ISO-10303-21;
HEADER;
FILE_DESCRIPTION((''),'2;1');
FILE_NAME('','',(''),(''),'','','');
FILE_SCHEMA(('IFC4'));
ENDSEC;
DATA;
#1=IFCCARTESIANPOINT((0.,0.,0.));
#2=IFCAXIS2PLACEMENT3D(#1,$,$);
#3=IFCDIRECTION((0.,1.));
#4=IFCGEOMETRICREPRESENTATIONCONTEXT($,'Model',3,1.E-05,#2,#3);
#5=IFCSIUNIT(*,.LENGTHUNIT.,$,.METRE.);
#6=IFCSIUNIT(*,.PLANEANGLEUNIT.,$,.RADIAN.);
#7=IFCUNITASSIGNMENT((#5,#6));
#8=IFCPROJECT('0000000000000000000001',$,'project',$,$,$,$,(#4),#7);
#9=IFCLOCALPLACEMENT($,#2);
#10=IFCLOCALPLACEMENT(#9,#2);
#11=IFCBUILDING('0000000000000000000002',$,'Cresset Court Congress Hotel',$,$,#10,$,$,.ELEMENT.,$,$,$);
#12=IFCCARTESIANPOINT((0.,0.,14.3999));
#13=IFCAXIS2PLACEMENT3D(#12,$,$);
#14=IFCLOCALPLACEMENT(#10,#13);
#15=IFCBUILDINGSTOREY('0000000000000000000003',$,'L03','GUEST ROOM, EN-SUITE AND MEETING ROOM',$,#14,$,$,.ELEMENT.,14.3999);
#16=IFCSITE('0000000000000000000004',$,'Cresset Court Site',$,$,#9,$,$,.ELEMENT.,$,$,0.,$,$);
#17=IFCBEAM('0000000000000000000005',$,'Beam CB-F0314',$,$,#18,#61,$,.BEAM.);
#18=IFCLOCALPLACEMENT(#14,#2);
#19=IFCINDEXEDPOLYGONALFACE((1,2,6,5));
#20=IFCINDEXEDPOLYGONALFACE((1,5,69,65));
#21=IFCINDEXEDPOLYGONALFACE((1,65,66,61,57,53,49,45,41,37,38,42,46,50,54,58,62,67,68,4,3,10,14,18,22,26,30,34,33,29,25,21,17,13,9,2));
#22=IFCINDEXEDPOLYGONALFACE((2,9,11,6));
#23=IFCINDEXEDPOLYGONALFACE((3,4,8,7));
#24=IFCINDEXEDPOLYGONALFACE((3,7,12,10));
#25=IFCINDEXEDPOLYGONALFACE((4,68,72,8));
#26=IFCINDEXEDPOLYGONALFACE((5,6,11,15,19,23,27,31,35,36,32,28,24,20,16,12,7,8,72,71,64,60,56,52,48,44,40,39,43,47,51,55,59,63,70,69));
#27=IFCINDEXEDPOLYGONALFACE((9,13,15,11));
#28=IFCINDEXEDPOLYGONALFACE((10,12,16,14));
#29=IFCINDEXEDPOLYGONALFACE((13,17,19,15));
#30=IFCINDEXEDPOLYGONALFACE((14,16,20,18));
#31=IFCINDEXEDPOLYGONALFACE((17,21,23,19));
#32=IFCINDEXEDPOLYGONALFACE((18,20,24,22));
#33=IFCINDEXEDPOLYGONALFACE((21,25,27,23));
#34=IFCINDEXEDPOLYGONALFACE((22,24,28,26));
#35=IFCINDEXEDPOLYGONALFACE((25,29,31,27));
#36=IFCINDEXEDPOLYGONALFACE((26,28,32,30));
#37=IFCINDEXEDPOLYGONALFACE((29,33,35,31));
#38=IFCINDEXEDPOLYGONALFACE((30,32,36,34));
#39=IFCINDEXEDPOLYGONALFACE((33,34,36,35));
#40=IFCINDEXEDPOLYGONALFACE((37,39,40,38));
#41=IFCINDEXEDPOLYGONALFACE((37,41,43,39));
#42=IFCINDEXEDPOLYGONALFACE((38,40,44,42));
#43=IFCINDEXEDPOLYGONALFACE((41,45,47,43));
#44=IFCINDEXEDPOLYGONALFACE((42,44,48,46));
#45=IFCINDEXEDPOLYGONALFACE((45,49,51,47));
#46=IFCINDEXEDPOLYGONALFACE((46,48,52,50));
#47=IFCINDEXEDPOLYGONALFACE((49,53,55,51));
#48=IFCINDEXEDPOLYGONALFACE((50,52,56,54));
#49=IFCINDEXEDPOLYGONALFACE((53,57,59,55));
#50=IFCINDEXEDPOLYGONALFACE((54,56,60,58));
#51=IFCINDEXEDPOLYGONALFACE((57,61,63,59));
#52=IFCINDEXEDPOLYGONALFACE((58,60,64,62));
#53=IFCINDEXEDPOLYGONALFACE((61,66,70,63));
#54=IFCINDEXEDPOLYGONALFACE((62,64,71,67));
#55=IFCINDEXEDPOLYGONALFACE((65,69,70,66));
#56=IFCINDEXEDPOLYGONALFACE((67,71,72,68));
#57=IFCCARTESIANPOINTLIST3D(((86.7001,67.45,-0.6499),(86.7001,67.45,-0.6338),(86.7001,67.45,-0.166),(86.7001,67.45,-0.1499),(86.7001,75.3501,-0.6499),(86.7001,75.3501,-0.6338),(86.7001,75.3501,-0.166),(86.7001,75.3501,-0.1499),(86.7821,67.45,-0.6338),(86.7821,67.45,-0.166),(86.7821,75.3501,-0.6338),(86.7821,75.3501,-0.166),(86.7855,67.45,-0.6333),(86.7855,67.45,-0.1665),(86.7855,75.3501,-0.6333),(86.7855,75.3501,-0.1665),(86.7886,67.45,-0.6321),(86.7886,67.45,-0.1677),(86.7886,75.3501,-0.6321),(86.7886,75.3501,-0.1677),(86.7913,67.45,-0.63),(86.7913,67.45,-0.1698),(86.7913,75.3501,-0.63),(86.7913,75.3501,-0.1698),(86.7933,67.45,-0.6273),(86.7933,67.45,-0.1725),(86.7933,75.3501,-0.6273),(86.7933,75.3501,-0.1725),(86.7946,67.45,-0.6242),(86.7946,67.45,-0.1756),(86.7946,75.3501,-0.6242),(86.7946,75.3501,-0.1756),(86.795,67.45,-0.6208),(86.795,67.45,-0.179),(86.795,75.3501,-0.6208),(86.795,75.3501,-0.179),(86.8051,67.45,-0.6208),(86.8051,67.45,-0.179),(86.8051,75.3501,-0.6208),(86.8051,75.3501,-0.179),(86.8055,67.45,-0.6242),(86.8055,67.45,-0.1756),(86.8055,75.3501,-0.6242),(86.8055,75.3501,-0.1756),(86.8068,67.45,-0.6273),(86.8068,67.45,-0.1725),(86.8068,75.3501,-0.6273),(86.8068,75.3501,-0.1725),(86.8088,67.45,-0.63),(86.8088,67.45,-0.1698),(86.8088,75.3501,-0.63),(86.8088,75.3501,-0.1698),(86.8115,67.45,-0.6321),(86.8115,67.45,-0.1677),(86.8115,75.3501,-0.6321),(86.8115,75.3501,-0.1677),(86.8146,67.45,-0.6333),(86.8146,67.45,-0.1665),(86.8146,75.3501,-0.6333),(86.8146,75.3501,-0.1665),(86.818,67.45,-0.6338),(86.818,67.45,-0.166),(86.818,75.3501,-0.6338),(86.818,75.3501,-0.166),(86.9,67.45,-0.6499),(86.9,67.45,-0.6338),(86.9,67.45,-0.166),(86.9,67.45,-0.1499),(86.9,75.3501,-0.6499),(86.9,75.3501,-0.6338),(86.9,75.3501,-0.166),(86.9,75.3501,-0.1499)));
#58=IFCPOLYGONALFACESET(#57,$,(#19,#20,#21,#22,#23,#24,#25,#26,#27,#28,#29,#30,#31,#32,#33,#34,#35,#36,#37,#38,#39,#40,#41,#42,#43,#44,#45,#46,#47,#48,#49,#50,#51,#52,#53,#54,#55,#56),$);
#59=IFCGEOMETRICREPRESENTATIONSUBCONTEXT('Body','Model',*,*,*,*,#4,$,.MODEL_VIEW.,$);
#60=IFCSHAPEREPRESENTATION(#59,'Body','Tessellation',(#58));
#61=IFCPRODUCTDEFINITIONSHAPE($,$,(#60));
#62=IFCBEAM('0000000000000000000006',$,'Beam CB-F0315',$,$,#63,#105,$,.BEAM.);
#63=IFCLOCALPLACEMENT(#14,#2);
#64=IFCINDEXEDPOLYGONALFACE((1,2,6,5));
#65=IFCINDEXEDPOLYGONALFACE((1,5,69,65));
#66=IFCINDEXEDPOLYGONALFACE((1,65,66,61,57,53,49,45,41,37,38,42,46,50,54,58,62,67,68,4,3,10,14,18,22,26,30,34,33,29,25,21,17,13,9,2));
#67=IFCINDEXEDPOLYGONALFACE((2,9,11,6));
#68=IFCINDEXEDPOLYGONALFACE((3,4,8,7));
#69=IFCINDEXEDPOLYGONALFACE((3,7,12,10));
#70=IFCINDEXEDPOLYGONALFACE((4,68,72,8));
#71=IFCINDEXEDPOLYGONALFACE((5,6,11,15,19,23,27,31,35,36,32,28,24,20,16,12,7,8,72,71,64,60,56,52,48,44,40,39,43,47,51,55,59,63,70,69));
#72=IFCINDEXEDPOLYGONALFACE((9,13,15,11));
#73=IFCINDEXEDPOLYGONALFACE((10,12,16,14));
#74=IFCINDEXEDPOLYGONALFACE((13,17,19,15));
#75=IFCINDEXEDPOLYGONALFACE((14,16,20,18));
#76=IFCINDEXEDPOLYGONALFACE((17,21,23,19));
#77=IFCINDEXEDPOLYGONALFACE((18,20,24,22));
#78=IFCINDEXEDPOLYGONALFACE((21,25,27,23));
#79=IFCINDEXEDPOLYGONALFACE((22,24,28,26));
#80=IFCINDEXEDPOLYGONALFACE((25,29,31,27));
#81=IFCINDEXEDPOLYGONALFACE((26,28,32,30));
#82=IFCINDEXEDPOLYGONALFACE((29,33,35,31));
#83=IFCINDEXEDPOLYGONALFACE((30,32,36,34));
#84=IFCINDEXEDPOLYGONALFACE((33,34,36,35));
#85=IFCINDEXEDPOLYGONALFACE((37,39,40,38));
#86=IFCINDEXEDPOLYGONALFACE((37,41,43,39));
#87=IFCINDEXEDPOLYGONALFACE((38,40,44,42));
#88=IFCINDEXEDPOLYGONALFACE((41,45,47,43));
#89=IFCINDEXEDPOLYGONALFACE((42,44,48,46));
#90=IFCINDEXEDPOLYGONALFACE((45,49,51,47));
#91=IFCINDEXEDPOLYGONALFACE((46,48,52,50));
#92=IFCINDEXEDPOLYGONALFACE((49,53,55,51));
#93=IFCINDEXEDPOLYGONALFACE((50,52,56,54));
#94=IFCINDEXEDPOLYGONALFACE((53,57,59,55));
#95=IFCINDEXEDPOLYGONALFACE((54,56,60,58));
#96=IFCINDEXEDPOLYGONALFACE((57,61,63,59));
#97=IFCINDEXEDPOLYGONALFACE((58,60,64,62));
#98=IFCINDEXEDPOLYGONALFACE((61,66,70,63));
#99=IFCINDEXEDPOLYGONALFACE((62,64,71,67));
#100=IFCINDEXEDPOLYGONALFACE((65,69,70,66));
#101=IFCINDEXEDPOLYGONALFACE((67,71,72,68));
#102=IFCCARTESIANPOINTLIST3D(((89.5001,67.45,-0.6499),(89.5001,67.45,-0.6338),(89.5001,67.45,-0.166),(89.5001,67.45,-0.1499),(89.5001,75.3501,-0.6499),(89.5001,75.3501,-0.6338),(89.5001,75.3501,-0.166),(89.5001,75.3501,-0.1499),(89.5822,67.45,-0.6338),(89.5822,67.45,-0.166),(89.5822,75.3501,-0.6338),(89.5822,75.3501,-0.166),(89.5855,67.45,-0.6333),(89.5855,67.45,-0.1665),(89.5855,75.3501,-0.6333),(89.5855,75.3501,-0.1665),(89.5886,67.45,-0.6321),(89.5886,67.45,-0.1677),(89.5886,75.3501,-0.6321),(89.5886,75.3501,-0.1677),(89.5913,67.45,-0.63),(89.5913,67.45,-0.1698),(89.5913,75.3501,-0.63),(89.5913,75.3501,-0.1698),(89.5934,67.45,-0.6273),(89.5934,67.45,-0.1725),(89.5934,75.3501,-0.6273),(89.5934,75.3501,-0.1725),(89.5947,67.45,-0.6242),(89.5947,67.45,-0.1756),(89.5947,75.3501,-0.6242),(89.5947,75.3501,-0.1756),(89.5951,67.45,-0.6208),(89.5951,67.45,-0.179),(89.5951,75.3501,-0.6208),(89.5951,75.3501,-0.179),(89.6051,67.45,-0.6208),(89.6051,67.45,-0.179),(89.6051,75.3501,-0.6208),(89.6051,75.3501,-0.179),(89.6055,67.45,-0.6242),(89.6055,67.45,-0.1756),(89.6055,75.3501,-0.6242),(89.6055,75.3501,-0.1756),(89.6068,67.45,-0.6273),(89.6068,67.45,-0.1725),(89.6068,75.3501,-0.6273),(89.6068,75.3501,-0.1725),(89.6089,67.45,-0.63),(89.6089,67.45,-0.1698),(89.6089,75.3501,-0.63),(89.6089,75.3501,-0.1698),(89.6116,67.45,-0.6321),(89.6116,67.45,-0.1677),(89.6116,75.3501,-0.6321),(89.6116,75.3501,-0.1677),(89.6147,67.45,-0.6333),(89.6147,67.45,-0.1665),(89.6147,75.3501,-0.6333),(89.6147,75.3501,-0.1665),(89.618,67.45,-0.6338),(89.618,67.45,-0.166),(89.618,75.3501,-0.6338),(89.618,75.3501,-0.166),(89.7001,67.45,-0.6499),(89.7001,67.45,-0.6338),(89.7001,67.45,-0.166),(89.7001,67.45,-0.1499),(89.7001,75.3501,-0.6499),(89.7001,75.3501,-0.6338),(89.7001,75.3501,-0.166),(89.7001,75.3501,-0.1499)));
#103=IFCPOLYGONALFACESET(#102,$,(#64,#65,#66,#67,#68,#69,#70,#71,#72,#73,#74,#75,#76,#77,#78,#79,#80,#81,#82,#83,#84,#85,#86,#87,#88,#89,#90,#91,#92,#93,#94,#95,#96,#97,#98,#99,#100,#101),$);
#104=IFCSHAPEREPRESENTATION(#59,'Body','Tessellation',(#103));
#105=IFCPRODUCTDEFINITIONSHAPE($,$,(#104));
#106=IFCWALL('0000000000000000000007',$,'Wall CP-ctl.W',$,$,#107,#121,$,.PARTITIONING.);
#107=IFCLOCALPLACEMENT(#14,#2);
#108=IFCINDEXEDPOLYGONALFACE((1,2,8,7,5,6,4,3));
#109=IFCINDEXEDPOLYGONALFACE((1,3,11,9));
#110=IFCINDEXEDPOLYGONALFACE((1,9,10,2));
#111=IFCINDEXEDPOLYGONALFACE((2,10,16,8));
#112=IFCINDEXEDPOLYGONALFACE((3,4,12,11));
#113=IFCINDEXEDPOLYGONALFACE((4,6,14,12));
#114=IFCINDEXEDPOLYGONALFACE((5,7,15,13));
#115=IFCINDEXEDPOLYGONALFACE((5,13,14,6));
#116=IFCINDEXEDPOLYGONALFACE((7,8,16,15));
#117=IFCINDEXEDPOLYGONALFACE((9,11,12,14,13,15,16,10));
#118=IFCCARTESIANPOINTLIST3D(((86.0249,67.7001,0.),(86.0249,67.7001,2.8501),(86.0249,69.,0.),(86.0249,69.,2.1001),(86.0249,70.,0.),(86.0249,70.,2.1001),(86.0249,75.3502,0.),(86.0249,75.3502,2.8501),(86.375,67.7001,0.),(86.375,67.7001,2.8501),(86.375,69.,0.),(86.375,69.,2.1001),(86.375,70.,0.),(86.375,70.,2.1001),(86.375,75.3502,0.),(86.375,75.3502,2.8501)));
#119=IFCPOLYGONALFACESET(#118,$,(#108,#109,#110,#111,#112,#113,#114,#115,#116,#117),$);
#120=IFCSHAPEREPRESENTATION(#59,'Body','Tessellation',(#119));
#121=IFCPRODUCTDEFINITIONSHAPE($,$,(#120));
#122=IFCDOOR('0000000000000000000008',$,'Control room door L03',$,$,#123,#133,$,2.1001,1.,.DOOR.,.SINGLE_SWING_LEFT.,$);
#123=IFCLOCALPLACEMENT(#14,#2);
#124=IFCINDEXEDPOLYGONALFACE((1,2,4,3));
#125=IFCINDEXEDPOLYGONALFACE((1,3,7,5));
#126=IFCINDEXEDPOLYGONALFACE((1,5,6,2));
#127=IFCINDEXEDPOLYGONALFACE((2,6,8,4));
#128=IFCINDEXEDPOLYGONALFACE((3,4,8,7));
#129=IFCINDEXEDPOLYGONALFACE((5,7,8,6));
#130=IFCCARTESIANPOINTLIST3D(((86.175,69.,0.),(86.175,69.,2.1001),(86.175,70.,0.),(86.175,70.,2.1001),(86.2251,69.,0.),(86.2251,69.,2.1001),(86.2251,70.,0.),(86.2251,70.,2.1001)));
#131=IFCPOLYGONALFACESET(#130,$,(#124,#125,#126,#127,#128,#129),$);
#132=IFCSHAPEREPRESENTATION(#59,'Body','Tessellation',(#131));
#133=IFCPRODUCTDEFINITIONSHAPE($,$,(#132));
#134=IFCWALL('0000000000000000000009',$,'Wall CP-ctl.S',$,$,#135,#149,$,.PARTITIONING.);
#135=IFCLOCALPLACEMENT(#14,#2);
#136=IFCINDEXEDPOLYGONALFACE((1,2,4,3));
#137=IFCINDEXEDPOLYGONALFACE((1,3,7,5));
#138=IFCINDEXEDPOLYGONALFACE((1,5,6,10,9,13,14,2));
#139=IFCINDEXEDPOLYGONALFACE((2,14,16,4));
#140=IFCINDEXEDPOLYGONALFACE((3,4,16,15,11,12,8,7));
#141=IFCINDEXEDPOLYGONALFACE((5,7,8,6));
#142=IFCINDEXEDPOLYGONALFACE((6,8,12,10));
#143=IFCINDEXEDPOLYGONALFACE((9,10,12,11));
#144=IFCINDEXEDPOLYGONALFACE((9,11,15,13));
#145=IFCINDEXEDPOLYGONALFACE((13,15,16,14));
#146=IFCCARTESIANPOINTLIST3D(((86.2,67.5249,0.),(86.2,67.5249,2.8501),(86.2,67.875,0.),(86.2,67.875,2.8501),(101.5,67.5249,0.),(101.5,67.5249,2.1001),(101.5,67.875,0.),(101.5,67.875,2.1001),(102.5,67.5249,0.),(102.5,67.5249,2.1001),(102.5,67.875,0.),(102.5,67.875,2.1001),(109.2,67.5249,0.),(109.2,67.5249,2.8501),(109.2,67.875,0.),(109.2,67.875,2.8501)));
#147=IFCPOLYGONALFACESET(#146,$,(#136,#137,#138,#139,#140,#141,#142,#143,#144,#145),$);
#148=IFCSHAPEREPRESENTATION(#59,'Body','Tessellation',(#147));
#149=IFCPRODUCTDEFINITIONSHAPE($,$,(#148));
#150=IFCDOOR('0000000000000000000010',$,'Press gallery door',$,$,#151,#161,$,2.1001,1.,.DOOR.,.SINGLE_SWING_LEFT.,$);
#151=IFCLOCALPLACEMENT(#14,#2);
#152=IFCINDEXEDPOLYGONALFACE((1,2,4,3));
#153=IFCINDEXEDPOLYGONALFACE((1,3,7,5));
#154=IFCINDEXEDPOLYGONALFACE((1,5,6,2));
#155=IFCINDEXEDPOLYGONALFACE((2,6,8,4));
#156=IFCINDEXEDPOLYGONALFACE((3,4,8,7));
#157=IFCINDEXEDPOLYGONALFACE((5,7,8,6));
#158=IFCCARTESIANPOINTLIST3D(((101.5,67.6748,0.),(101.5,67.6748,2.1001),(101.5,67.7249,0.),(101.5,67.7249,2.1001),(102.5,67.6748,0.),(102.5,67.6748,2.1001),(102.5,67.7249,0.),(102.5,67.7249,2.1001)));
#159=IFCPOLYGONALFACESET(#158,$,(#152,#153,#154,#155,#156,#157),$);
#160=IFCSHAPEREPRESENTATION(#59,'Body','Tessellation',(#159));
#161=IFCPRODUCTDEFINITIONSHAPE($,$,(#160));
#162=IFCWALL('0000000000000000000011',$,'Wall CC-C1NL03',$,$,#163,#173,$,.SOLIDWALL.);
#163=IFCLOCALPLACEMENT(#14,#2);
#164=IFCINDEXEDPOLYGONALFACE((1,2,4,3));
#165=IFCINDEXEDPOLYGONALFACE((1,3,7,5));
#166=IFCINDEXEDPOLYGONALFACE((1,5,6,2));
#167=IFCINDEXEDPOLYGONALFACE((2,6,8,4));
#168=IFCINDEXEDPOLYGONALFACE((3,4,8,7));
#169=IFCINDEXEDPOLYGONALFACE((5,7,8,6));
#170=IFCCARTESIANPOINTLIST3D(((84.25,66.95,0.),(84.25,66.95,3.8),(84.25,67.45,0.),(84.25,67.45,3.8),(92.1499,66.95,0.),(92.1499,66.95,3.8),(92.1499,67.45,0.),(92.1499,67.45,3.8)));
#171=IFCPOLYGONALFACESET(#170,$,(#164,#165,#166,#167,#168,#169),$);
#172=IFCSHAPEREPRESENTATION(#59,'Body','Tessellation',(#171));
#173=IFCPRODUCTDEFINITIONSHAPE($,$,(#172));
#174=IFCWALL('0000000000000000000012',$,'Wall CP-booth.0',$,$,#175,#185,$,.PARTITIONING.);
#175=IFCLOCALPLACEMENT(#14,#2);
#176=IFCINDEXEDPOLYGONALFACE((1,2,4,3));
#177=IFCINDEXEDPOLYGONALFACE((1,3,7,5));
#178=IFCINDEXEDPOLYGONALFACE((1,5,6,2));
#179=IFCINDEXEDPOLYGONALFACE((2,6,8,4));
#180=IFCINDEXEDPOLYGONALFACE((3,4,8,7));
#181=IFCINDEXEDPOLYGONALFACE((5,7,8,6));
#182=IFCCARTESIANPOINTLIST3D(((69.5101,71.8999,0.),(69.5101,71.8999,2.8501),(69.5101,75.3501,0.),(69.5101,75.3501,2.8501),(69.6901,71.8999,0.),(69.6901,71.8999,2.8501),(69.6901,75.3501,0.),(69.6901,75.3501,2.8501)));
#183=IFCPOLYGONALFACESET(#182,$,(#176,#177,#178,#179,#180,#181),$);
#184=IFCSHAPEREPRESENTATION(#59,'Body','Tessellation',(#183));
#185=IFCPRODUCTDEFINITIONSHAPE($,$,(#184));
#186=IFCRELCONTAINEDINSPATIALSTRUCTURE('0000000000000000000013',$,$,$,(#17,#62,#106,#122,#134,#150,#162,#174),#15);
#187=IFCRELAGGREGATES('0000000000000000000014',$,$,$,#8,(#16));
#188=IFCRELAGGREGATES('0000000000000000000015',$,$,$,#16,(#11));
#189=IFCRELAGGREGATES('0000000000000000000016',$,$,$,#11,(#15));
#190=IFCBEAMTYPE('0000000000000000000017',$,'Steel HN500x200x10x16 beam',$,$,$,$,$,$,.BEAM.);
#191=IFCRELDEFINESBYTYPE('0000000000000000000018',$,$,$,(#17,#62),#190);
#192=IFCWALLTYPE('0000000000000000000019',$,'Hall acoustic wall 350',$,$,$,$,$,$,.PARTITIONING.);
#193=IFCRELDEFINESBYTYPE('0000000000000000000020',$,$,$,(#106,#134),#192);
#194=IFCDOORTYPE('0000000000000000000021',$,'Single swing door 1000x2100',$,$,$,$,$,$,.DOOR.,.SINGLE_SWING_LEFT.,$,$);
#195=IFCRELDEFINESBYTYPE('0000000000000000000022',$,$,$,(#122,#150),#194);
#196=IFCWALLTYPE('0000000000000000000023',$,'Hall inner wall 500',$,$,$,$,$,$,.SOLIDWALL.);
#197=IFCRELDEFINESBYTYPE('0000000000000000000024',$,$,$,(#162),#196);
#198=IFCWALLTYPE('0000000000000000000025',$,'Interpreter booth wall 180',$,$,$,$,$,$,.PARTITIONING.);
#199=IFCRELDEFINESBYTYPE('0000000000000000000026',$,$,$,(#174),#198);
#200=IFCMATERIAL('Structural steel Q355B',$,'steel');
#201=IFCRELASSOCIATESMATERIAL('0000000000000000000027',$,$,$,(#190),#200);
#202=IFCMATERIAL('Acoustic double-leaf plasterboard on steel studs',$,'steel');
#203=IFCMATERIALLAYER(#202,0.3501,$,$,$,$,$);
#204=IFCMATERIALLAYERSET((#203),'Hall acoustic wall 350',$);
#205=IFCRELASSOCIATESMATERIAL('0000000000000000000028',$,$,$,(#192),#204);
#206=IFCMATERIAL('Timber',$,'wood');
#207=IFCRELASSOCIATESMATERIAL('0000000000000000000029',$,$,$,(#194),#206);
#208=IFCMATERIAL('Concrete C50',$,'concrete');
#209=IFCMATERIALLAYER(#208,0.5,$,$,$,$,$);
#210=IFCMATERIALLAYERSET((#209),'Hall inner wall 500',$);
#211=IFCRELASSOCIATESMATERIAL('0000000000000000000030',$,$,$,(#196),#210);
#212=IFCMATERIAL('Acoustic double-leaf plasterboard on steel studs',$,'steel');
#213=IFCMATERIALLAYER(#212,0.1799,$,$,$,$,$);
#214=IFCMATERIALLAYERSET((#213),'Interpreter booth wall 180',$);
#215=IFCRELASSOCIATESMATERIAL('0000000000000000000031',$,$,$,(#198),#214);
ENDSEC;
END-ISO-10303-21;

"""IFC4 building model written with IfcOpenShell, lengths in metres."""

from ifc_helpers import new_model, si_unit, direction, frame, frame_2d, origin, origin_2d, place, context, subcontext, project, spatial, rectangle, i_section, extrude, material, layer, layer_set, material_profile, profile_set, type_object, element, fill, save


model = new_model("IFC4")

# Units and contexts
model_context = context("Model", 3, precision=1e-05, world=origin(), true_north=direction((0.0, 1.0)))
body_context = subcontext(model_context, "Body", "Model", "MODEL_VIEW")
ifc_project = project(units=[si_unit("LENGTHUNIT", "METRE"), si_unit("PLANEANGLEUNIT", "RADIAN")], contexts=[model_context])

# Site, building, storey
site_placement = place(None, origin())
site = spatial("IfcSite", under=ifc_project, at=site_placement, Name="Cresset Court Site", CompositionType="ELEMENT", RefElevation=0.0)
building_placement = place(site_placement, origin())
building = spatial("IfcBuilding", under=site, at=building_placement, Name="Cresset Court Congress Hotel", CompositionType="ELEMENT")
storey_placement = place(building_placement, frame((0.0, 0.0, 14.3999)))
storey = spatial("IfcBuildingStorey", under=building, at=storey_placement, Name="L03", Description="GUEST ROOM, EN-SUITE AND MEETING ROOM", CompositionType="ELEMENT", Elevation=14.3999)

# Beams
ifc_material_1 = material(Name="Structural steel Q355B", Category="steel")
ifc_material_profile_1 = material_profile(ifc_material_1, i_section(OverallWidth=0.2, OverallDepth=0.5, WebThickness=0.01, FlangeThickness=0.0161, FilletRadius=0.0129, at=origin_2d()), Name="HN500x200x10x16")
ifc_profile_set_1 = profile_set([ifc_material_profile_1], Name="Structural steel Q355B")
beam_type_1 = type_object("IfcBeamType", Name="Steel HN500x200x10x16 beam", PredefinedType="BEAM", material=ifc_profile_set_1)
for number, where, z_axis, x_axis, name in (
    (1, (86.8, 67.45, -0.3999), (0.0, 1.0, 0.0), (-1.0, 0.0, 0.0), "Beam CB-F0314"),
    (2, (89.6001, 67.45, -0.3999), (0.0, 1.0, 0.0), (-1.0, 0.0, 0.0), "Beam CB-F0315"),
):
    element("IfcBeam", number, at=place(storey_placement, frame(where, z_axis=z_axis, x_axis=x_axis)), inside=storey, type_object=beam_type_1, Name=name, PredefinedType="BEAM", context=body_context, shape_type="SweptSolid", body=[
        extrude(i_section(OverallWidth=0.2, OverallDepth=0.5, WebThickness=0.01, FlangeThickness=0.0161, FilletRadius=0.0129, at=origin_2d()), origin(), (0.0, 0.0, 1.0), 7.9001),
    ])

# Walls, openings, doors
ifc_material_2 = material(Name="Acoustic double-leaf plasterboard on steel studs", Category="steel")
ifc_layer_1 = layer(ifc_material_2, 0.3501)
ifc_layer_set_1 = layer_set([ifc_layer_1], Name="Hall acoustic wall 350")
wall_type_1 = type_object("IfcWallType", Name="Hall acoustic wall 350", PredefinedType="PARTITIONING", material=ifc_layer_set_1)
wall_1_placement = place(storey_placement, frame((86.2, 67.7, 0.0), z_axis=(0.0, 0.0, 1.0), x_axis=(0.0, 1.0, 0.0)))
wall_1 = element("IfcWall", 3, at=wall_1_placement, inside=storey, type_object=wall_type_1, Name="Wall CP-ctl.W", PredefinedType="PARTITIONING", context=body_context, shape_type="SweptSolid", body=[
    extrude(rectangle(XDim=7.6501, YDim=0.3501, at=frame_2d((3.8252, 0.0))), origin(), (0.0, 0.0, 1.0), 2.8501),
])
opening_1_placement = place(wall_1_placement, frame((1.3, 0.0, 0.0)))
opening_1 = element("IfcOpeningElement", 4, at=opening_1_placement, cuts=wall_1, PredefinedType="OPENING", context=body_context, shape_type="SweptSolid", body=[
    extrude(rectangle(XDim=1.0, YDim=2.1001, at=frame_2d((0.5, 1.05))), frame((0.0, 0.1851, 0.0), z_axis=(0.0, -1.0, 0.0), x_axis=(1.0, 0.0, 0.0)), (0.0, 0.0, 1.0), 0.3701),
])
ifc_material_3 = material(Name="Timber", Category="wood")
door_type_1 = type_object("IfcDoorType", Name="Single swing door 1000x2100", OperationType="SINGLE_SWING_LEFT", PredefinedType="DOOR", material=ifc_material_3)
door_1_placement = place(opening_1_placement, origin())
door_1 = element("IfcDoor", 5, at=door_1_placement, inside=storey, type_object=door_type_1, Name="Control room door L03", OperationType="SINGLE_SWING_LEFT", OverallHeight=2.1001, OverallWidth=1.0, PredefinedType="DOOR", context=body_context, shape_type="SweptSolid", body=[
    extrude(rectangle(XDim=1.0, YDim=2.1001, at=frame_2d((0.5, 1.05))), frame((0.0, 0.0249, 0.0), z_axis=(0.0, -1.0, 0.0), x_axis=(1.0, 0.0, 0.0)), (0.0, 0.0, 1.0), 0.05),
])
fill(opening_1, door_1)
wall_2_placement = place(storey_placement, frame((86.2, 67.7, 0.0), z_axis=(0.0, 0.0, 1.0), x_axis=(1.0, 0.0, 0.0)))
wall_2 = element("IfcWall", 6, at=wall_2_placement, inside=storey, type_object=wall_type_1, Name="Wall CP-ctl.S", PredefinedType="PARTITIONING", context=body_context, shape_type="SweptSolid", body=[
    extrude(rectangle(XDim=23.0, YDim=0.3501, at=frame_2d((11.5, 0.0))), origin(), (0.0, 0.0, 1.0), 2.8501),
])
opening_2_placement = place(wall_2_placement, frame((15.3, 0.0, 0.0)))
opening_2 = element("IfcOpeningElement", 7, at=opening_2_placement, cuts=wall_2, PredefinedType="OPENING", context=body_context, shape_type="SweptSolid", body=[
    extrude(rectangle(XDim=1.0, YDim=2.1001, at=frame_2d((0.5, 1.05))), frame((0.0, 0.1851, 0.0), z_axis=(0.0, -1.0, 0.0), x_axis=(1.0, 0.0, 0.0)), (0.0, 0.0, 1.0), 0.3701),
])
door_2_placement = place(opening_2_placement, origin())
door_2 = element("IfcDoor", 8, at=door_2_placement, inside=storey, type_object=door_type_1, Name="Press gallery door", OperationType="SINGLE_SWING_LEFT", OverallHeight=2.1001, OverallWidth=1.0, PredefinedType="DOOR", context=body_context, shape_type="SweptSolid", body=[
    extrude(rectangle(XDim=1.0, YDim=2.1001, at=frame_2d((0.5, 1.05))), frame((0.0, 0.0249, 0.0), z_axis=(0.0, -1.0, 0.0), x_axis=(1.0, 0.0, 0.0)), (0.0, 0.0, 1.0), 0.05),
])
fill(opening_2, door_2)

# Walls
ifc_material_4 = material(Name="Concrete C50", Category="concrete")
ifc_layer_2 = layer(ifc_material_4, 0.5)
ifc_layer_set_2 = layer_set([ifc_layer_2], Name="Hall inner wall 500")
wall_type_2 = type_object("IfcWallType", Name="Hall inner wall 500", PredefinedType="SOLIDWALL", material=ifc_layer_set_2)
wall_3_placement = place(storey_placement, frame((84.25, 67.2, 0.0), z_axis=(0.0, 0.0, 1.0), x_axis=(1.0, 0.0, 0.0)))
element("IfcWall", 9, at=wall_3_placement, inside=storey, type_object=wall_type_2, Name="Wall CC-C1NL03", PredefinedType="SOLIDWALL", context=body_context, shape_type="SweptSolid", body=[
    extrude(rectangle(XDim=7.8999, YDim=0.5, at=frame_2d((3.95, 0.0))), origin(), (0.0, 0.0, 1.0), 3.8),
])
ifc_material_5 = material(Name="Acoustic double-leaf plasterboard on steel studs", Category="steel")
ifc_layer_3 = layer(ifc_material_5, 0.1799)
ifc_layer_set_3 = layer_set([ifc_layer_3], Name="Interpreter booth wall 180")
wall_type_3 = type_object("IfcWallType", Name="Interpreter booth wall 180", PredefinedType="PARTITIONING", material=ifc_layer_set_3)
for number, where, z_axis, x_axis, name in (
    (10, (69.6001, 71.8999, 0.0), (0.0, 0.0, 1.0), (0.0, 1.0, 0.0), "Wall CP-booth.0"),
):
    element("IfcWall", number, at=place(storey_placement, frame(where, z_axis=z_axis, x_axis=x_axis)), inside=storey, type_object=wall_type_3, Name=name, PredefinedType="PARTITIONING", context=body_context, shape_type="SweptSolid", body=[
        extrude(rectangle(XDim=3.4502, YDim=0.1799, at=frame_2d((1.7251, 0.0))), origin(), (0.0, 0.0, 1.0), 2.8501),
    ])

save(model, "model.ifc")
